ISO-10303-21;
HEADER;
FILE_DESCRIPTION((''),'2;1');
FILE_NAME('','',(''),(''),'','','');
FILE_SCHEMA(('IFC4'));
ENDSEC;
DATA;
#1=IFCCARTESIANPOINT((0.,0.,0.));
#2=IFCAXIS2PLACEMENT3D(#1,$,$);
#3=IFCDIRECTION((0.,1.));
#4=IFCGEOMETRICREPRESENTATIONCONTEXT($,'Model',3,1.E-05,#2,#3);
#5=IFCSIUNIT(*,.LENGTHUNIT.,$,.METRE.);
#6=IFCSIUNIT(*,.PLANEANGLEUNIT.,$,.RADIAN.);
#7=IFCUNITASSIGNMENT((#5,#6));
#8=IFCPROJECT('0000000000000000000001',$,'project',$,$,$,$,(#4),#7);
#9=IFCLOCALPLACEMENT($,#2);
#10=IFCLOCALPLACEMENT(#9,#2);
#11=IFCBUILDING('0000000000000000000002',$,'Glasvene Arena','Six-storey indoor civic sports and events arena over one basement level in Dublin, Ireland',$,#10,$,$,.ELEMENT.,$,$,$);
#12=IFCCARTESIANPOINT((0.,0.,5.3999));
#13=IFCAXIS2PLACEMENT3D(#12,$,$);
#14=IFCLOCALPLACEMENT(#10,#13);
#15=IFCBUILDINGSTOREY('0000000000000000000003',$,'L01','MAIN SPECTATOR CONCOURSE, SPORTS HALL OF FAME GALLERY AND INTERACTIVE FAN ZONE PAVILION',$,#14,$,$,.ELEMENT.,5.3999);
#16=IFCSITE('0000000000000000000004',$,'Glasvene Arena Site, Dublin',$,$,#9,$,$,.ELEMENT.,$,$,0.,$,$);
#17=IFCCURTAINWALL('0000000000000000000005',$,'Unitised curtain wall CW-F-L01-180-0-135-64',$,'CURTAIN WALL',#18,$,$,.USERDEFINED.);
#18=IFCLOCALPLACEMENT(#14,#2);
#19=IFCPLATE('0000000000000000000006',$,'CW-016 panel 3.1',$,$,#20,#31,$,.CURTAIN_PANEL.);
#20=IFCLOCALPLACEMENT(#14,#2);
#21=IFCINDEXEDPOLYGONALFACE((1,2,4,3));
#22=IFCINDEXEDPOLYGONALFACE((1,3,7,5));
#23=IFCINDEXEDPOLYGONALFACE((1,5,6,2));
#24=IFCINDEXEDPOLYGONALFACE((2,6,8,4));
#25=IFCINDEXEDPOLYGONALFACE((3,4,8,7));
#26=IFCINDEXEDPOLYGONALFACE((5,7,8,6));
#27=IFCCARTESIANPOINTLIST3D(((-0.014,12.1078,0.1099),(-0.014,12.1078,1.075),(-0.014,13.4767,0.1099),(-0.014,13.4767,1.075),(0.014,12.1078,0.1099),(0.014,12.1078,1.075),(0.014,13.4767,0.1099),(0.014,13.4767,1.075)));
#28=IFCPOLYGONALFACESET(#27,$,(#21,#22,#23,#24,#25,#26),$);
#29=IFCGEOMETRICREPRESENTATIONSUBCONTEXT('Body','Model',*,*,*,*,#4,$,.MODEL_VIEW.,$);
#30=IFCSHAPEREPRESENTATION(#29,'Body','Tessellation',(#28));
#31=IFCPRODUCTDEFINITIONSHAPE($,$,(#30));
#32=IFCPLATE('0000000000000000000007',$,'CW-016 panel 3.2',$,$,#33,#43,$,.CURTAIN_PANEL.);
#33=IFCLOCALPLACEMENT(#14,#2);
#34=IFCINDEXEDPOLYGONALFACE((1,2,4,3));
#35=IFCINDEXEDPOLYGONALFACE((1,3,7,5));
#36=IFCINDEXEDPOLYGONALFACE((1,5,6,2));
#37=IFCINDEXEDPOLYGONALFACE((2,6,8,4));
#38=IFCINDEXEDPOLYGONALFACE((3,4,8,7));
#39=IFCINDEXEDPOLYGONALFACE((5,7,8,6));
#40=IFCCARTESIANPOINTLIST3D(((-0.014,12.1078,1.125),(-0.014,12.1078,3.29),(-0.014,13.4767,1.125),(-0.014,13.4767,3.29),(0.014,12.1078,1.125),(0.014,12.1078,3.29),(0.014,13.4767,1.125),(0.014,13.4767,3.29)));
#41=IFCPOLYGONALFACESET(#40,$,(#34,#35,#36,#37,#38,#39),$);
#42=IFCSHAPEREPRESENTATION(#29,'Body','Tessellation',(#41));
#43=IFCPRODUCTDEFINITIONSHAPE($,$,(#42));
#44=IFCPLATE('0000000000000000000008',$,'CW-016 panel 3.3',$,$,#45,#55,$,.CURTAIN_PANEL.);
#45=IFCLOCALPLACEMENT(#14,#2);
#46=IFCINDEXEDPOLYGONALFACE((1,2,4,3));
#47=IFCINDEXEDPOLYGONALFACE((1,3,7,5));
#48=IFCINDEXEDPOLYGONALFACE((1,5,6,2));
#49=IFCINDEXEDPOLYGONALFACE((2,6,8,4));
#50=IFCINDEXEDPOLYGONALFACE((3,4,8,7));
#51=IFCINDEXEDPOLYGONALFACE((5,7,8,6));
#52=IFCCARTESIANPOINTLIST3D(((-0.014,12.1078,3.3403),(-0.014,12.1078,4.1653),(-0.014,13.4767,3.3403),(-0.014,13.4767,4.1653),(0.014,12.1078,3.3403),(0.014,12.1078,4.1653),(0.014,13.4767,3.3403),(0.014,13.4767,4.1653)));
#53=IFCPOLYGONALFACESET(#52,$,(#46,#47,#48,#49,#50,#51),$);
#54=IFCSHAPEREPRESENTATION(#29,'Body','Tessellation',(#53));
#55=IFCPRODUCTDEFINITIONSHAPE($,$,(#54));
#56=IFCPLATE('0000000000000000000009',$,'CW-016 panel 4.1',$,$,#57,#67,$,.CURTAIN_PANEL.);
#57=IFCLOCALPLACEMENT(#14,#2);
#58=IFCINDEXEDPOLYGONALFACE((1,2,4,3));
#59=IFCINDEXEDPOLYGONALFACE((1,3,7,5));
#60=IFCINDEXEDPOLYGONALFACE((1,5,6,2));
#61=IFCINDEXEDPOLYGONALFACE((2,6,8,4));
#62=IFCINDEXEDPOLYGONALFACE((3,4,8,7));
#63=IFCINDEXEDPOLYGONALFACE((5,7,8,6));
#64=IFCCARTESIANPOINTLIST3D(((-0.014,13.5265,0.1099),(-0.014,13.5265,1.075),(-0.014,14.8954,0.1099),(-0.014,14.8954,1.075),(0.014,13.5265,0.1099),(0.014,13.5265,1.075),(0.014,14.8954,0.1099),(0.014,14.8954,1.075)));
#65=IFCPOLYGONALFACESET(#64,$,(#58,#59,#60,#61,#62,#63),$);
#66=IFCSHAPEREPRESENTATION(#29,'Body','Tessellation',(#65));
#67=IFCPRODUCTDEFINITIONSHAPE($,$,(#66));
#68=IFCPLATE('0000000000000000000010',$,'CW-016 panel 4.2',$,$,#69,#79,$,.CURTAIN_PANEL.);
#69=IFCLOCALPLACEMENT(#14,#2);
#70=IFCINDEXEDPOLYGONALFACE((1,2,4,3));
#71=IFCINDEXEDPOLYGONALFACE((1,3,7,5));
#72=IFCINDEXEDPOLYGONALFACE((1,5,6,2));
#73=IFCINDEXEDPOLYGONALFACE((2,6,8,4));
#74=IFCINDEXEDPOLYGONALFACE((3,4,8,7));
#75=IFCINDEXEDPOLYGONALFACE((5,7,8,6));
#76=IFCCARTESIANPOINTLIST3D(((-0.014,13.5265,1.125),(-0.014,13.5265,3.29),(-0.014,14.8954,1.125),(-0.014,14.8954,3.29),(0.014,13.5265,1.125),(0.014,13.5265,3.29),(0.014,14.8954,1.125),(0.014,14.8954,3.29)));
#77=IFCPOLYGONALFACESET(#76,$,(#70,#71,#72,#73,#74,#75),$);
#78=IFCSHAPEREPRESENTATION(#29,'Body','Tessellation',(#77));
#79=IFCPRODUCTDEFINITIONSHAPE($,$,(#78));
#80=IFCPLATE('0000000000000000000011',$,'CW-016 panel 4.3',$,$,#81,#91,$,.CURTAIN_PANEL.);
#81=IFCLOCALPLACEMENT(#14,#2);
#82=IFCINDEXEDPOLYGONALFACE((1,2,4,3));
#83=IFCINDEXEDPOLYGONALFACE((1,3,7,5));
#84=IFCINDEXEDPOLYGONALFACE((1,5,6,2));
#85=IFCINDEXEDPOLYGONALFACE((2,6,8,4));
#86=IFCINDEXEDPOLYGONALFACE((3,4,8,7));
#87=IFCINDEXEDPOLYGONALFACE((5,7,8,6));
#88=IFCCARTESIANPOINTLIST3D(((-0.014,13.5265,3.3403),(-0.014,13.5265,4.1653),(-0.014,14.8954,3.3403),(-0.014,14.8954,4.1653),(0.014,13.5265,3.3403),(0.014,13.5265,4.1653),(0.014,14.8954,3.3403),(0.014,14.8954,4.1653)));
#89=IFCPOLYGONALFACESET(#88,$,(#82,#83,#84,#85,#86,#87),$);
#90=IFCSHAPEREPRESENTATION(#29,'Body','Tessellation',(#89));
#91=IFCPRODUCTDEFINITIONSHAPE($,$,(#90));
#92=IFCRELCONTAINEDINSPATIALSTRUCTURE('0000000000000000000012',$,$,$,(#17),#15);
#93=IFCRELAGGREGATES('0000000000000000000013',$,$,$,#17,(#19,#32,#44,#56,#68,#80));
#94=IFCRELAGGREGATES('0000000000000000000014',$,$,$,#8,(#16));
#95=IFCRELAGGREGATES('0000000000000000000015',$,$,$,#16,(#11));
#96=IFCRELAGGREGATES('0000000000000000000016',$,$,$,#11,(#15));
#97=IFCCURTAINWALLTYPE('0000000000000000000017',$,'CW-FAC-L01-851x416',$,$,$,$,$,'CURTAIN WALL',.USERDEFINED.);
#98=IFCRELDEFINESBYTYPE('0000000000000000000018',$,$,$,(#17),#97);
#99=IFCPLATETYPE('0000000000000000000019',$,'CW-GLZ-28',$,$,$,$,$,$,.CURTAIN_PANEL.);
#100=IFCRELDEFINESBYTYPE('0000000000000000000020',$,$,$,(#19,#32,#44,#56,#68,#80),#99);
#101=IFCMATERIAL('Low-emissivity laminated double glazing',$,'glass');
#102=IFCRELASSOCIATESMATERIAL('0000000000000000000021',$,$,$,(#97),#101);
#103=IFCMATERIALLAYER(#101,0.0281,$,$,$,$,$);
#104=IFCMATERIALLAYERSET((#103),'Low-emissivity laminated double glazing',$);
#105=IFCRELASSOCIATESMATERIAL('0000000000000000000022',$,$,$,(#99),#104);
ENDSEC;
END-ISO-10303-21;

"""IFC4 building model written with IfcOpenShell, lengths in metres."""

from ifc_helpers import new_model, si_unit, direction, frame, origin, origin_2d, place, context, subcontext, project, spatial, rectangle, extrude, material, layer, layer_set, type_object, element, aggregate, save


model = new_model("IFC4")

# Units and contexts
model_context = context("Model", 3, precision=1e-05, world=origin(), true_north=direction((0.0, 1.0)))
body_context = subcontext(model_context, "Body", "Model", "MODEL_VIEW")
ifc_project = project(units=[si_unit("LENGTHUNIT", "METRE"), si_unit("PLANEANGLEUNIT", "RADIAN")], contexts=[model_context])

# Site, building, storey
site_placement = place(None, origin())
site = spatial("IfcSite", under=ifc_project, at=site_placement, Name="Glasvene Arena Site, Dublin", CompositionType="ELEMENT", RefElevation=0.0)
building_placement = place(site_placement, origin())
building = spatial("IfcBuilding", under=site, at=building_placement, Name="Glasvene Arena", Description="Six-storey indoor civic sports and events arena over one basement level in Dublin, Ireland", CompositionType="ELEMENT")
storey_placement = place(building_placement, frame((0.0, 0.0, 5.3999)))
storey = spatial("IfcBuildingStorey", under=building, at=storey_placement, Name="L01", Description="MAIN SPECTATOR CONCOURSE, SPORTS HALL OF FAME GALLERY AND INTERACTIVE FAN ZONE PAVILION", CompositionType="ELEMENT", Elevation=5.3999)

# Curtain wall, plates
ifc_material_1 = material(Name="Low-emissivity laminated double glazing", Category="glass")
curtain_wall_type = type_object("IfcCurtainWallType", Name="CW-FAC-L01-851x416", ElementType="CURTAIN WALL", PredefinedType="USERDEFINED", material=ifc_material_1)
curtain_wall_placement = place(storey_placement, frame((0.0, 9.2451, 0.0)))
curtain_wall = element("IfcCurtainWall", 1, at=curtain_wall_placement, inside=storey, type_object=curtain_wall_type, Name="Unitised curtain wall CW-F-L01-180-0-135-64", ObjectType="CURTAIN WALL", PredefinedType="USERDEFINED")
ifc_layer = layer(ifc_material_1, 0.0281)
ifc_layer_set = layer_set([ifc_layer], Name="Low-emissivity laminated double glazing")
plate_type = type_object("IfcPlateType", Name="CW-GLZ-28", PredefinedType="CURTAIN_PANEL", material=ifc_layer_set)
plate_1_placement = place(storey_placement, frame((0.0, 12.7922, 0.1099), z_axis=(0.0, 0.0, 1.0), x_axis=(0.0, 1.0, 0.0)))
plate_1 = element("IfcPlate", 2, at=plate_1_placement, type_object=plate_type, Name="CW-016 panel 3.1", PredefinedType="CURTAIN_PANEL", context=body_context, shape_type="SweptSolid", body=[
    extrude(rectangle(XDim=1.3689, YDim=0.0281, at=origin_2d()), origin(), (0.0, 0.0, 1.0), 0.9651),
])
plate_2_placement = place(storey_placement, frame((0.0, 12.7922, 1.125), z_axis=(0.0, 0.0, 1.0), x_axis=(0.0, 1.0, 0.0)))
plate_2 = element("IfcPlate", 3, at=plate_2_placement, type_object=plate_type, Name="CW-016 panel 3.2", PredefinedType="CURTAIN_PANEL", context=body_context, shape_type="SweptSolid", body=[
    extrude(rectangle(XDim=1.3689, YDim=0.0281, at=origin_2d()), origin(), (0.0, 0.0, 1.0), 2.165),
])
plate_3_placement = place(storey_placement, frame((0.0, 12.7922, 3.3403), z_axis=(0.0, 0.0, 1.0), x_axis=(0.0, 1.0, 0.0)))
plate_3 = element("IfcPlate", 4, at=plate_3_placement, type_object=plate_type, Name="CW-016 panel 3.3", PredefinedType="CURTAIN_PANEL", context=body_context, shape_type="SweptSolid", body=[
    extrude(rectangle(XDim=1.3689, YDim=0.0281, at=origin_2d()), origin(), (0.0, 0.0, 1.0), 0.825),
])
plate_4_placement = place(storey_placement, frame((0.0, 14.2109, 0.1099), z_axis=(0.0, 0.0, 1.0), x_axis=(0.0, 1.0, 0.0)))
plate_4 = element("IfcPlate", 5, at=plate_4_placement, type_object=plate_type, Name="CW-016 panel 4.1", PredefinedType="CURTAIN_PANEL", context=body_context, shape_type="SweptSolid", body=[
    extrude(rectangle(XDim=1.3689, YDim=0.0281, at=origin_2d()), origin(), (0.0, 0.0, 1.0), 0.9651),
])
plate_5_placement = place(storey_placement, frame((0.0, 14.2109, 1.125), z_axis=(0.0, 0.0, 1.0), x_axis=(0.0, 1.0, 0.0)))
plate_5 = element("IfcPlate", 6, at=plate_5_placement, type_object=plate_type, Name="CW-016 panel 4.2", PredefinedType="CURTAIN_PANEL", context=body_context, shape_type="SweptSolid", body=[
    extrude(rectangle(XDim=1.3689, YDim=0.0281, at=origin_2d()), origin(), (0.0, 0.0, 1.0), 2.165),
])
plate_6_placement = place(storey_placement, frame((0.0, 14.2109, 3.3403), z_axis=(0.0, 0.0, 1.0), x_axis=(0.0, 1.0, 0.0)))
plate_6 = element("IfcPlate", 7, at=plate_6_placement, type_object=plate_type, Name="CW-016 panel 4.3", PredefinedType="CURTAIN_PANEL", context=body_context, shape_type="SweptSolid", body=[
    extrude(rectangle(XDim=1.3689, YDim=0.0281, at=origin_2d()), origin(), (0.0, 0.0, 1.0), 0.825),
])
aggregate(curtain_wall, [plate_1, plate_2, plate_3, plate_4, plate_5, plate_6])

save(model, "model.ifc")
